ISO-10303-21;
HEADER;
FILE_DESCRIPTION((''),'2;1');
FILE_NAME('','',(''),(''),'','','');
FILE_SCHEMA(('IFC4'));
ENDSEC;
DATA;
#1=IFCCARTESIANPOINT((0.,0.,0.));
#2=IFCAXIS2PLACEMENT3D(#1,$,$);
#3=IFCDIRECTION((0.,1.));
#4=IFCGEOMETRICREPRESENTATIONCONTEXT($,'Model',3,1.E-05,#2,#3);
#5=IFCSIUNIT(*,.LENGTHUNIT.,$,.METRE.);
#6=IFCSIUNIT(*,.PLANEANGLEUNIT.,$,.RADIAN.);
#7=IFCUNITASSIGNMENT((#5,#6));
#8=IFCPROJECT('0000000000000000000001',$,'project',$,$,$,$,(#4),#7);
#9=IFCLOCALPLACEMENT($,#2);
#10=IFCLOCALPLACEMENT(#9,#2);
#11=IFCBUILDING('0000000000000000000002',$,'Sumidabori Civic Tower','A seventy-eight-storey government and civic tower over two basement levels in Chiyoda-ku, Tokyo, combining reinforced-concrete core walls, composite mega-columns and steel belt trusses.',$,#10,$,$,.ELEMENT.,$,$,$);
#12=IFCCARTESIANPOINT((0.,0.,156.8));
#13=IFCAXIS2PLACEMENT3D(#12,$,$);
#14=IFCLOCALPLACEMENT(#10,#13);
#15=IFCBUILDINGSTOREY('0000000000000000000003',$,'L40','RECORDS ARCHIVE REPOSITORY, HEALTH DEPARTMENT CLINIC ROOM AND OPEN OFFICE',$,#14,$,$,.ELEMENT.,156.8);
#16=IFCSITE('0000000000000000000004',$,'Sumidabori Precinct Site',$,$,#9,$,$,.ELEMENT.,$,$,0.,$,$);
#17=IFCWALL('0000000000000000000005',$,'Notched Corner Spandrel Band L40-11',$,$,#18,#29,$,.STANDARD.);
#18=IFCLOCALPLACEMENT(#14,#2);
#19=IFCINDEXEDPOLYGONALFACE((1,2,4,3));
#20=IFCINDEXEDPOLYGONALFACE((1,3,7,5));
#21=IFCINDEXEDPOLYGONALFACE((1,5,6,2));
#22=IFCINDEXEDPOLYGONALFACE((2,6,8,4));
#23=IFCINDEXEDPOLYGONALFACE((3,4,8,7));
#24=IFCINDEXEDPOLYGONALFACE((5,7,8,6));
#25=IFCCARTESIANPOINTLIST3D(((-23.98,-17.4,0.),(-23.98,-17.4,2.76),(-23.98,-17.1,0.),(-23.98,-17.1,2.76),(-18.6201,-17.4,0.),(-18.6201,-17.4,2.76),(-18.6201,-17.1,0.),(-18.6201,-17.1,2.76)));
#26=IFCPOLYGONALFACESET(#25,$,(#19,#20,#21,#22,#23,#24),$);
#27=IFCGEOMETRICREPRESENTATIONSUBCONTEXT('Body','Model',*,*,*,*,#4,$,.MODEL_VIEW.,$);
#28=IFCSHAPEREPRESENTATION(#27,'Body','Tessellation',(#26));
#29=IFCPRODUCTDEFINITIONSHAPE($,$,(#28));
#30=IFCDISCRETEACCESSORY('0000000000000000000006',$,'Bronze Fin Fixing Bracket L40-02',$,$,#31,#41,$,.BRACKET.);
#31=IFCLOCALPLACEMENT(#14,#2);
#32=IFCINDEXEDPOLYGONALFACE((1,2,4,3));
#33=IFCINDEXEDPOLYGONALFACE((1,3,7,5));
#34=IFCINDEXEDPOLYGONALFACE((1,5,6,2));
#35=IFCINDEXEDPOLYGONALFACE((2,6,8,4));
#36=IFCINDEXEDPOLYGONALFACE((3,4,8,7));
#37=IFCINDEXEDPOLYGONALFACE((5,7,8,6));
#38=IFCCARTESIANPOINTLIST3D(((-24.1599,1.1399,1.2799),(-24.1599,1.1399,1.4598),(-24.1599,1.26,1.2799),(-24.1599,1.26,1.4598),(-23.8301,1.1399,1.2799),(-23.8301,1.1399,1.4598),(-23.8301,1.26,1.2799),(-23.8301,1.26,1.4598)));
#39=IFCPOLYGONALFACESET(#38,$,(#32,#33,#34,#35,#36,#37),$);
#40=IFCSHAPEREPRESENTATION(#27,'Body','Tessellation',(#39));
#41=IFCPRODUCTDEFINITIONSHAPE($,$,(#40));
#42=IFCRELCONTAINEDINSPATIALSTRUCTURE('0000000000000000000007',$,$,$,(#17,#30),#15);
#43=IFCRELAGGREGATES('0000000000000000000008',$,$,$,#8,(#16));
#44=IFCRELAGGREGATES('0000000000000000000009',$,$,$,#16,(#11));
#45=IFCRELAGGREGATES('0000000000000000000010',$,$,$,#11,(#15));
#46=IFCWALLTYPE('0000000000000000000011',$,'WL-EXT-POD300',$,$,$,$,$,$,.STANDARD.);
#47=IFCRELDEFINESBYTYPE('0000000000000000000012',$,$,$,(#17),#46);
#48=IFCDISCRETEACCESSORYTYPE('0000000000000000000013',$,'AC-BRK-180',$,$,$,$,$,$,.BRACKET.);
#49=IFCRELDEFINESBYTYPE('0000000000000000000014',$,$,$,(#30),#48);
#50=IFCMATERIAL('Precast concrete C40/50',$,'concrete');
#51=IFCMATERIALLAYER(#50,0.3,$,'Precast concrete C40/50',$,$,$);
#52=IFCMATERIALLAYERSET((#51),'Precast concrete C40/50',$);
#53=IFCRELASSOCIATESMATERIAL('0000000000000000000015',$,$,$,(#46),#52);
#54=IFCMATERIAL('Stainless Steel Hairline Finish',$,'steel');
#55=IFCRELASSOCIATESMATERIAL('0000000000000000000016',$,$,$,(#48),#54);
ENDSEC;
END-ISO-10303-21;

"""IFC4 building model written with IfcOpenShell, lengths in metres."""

from ifc_helpers import new_model, si_unit, direction, frame, frame_2d, origin, origin_2d, place, context, subcontext, project, spatial, rectangle, extrude, source, transform, mapped, material, layer, layer_set, material_profile, profile_set, type_object, element, save


model = new_model("IFC4")

# Units and contexts
model_context = context("Model", 3, precision=1e-05, world=origin(), true_north=direction((0.0, 1.0)))
body_context = subcontext(model_context, "Body", "Model", "MODEL_VIEW")
ifc_project = project(units=[si_unit("LENGTHUNIT", "METRE"), si_unit("PLANEANGLEUNIT", "RADIAN")], contexts=[model_context])

# Site, building, storey
site_placement = place(None, origin())
site = spatial("IfcSite", under=ifc_project, at=site_placement, Name="Sumidabori Precinct Site", CompositionType="ELEMENT", RefElevation=0.0)
building_placement = place(site_placement, origin())
building = spatial("IfcBuilding", under=site, at=building_placement, Name="Sumidabori Civic Tower", Description="A seventy-eight-storey government and civic tower over two basement levels in Chiyoda-ku, Tokyo, combining reinforced-concrete core walls, composite mega-columns and steel belt trusses.", CompositionType="ELEMENT")
storey_placement = place(building_placement, frame((0.0, 0.0, 156.8)))
storey = spatial("IfcBuildingStorey", under=building, at=storey_placement, Name="L40", Description="RECORDS ARCHIVE REPOSITORY, HEALTH DEPARTMENT CLINIC ROOM AND OPEN OFFICE", CompositionType="ELEMENT", Elevation=156.8)

# Wall
ifc_material_1 = material(Name="Precast concrete C40/50", Category="concrete")
ifc_layer_1 = layer(ifc_material_1, 0.3, Name="Precast concrete C40/50")
ifc_layer_set_1 = layer_set([ifc_layer_1], Name="Precast concrete C40/50")
wall_type = type_object("IfcWallType", Name="WL-EXT-POD300", PredefinedType="STANDARD", material=ifc_layer_set_1)
shared_shape_1 = source(origin(), body_context, "Body", "SweptSolid", [
    extrude(rectangle(XDim=5.3599, YDim=0.3, at=frame_2d((2.6799, 0.0))), origin(), (0.0, 0.0, 1.0), 2.76),
])
wall_1_placement = place(storey_placement, frame((-23.98, -17.25, 0.0), z_axis=(0.0, 0.0, 1.0), x_axis=(1.0, 0.0, 0.0)))
element("IfcWall", 1, at=wall_1_placement, inside=storey, type_object=wall_type, Name="Notched Corner Spandrel Band L40-11", PredefinedType="STANDARD", context=body_context, shape_type="MappedRepresentation", body=[
    mapped(shared_shape_1, transform((0.0, 0.0, 0.0), x_axis=(1.0, 0.0, 0.0), y_axis=(0.0, 1.0, 0.0), z_axis=(0.0, 0.0, 1.0), scale=1.0)),
])

# Discrete accessory
ifc_material_2 = material(Name="Stainless Steel Hairline Finish", Category="steel")
ifc_material_profile_1 = material_profile(ifc_material_2, rectangle(XDim=0.1201, YDim=0.1799, at=origin_2d()), Name="STEEL BRACKET 180x120")
ifc_profile_set_1 = profile_set([ifc_material_profile_1], Name="Stainless Steel Hairline Finish")
discrete_accessory_type = type_object("IfcDiscreteAccessoryType", Name="AC-BRK-180", PredefinedType="BRACKET", material=ifc_profile_set_1)
shared_shape_2 = source(origin(), body_context, "Body", "SweptSolid", [
    extrude(rectangle(XDim=0.1201, YDim=0.1799, at=origin_2d()), origin(), (0.0, 0.0, 1.0), 0.3298),
])
discrete_accessory_placement = place(storey_placement, frame((-23.8301, 1.2, 1.3699), z_axis=(-1.0, 0.0, 0.0), x_axis=(0.0, -1.0, 0.0)))
element("IfcDiscreteAccessory", 2, at=discrete_accessory_placement, inside=storey, type_object=discrete_accessory_type, Name="Bronze Fin Fixing Bracket L40-02", PredefinedType="BRACKET", context=body_context, shape_type="MappedRepresentation", body=[
    mapped(shared_shape_2, transform((0.0, 0.0, 0.0), x_axis=(1.0, 0.0, 0.0), y_axis=(0.0, 1.0, 0.0), z_axis=(0.0, 0.0, 1.0), scale=1.0)),
])

save(model, "model.ifc")
